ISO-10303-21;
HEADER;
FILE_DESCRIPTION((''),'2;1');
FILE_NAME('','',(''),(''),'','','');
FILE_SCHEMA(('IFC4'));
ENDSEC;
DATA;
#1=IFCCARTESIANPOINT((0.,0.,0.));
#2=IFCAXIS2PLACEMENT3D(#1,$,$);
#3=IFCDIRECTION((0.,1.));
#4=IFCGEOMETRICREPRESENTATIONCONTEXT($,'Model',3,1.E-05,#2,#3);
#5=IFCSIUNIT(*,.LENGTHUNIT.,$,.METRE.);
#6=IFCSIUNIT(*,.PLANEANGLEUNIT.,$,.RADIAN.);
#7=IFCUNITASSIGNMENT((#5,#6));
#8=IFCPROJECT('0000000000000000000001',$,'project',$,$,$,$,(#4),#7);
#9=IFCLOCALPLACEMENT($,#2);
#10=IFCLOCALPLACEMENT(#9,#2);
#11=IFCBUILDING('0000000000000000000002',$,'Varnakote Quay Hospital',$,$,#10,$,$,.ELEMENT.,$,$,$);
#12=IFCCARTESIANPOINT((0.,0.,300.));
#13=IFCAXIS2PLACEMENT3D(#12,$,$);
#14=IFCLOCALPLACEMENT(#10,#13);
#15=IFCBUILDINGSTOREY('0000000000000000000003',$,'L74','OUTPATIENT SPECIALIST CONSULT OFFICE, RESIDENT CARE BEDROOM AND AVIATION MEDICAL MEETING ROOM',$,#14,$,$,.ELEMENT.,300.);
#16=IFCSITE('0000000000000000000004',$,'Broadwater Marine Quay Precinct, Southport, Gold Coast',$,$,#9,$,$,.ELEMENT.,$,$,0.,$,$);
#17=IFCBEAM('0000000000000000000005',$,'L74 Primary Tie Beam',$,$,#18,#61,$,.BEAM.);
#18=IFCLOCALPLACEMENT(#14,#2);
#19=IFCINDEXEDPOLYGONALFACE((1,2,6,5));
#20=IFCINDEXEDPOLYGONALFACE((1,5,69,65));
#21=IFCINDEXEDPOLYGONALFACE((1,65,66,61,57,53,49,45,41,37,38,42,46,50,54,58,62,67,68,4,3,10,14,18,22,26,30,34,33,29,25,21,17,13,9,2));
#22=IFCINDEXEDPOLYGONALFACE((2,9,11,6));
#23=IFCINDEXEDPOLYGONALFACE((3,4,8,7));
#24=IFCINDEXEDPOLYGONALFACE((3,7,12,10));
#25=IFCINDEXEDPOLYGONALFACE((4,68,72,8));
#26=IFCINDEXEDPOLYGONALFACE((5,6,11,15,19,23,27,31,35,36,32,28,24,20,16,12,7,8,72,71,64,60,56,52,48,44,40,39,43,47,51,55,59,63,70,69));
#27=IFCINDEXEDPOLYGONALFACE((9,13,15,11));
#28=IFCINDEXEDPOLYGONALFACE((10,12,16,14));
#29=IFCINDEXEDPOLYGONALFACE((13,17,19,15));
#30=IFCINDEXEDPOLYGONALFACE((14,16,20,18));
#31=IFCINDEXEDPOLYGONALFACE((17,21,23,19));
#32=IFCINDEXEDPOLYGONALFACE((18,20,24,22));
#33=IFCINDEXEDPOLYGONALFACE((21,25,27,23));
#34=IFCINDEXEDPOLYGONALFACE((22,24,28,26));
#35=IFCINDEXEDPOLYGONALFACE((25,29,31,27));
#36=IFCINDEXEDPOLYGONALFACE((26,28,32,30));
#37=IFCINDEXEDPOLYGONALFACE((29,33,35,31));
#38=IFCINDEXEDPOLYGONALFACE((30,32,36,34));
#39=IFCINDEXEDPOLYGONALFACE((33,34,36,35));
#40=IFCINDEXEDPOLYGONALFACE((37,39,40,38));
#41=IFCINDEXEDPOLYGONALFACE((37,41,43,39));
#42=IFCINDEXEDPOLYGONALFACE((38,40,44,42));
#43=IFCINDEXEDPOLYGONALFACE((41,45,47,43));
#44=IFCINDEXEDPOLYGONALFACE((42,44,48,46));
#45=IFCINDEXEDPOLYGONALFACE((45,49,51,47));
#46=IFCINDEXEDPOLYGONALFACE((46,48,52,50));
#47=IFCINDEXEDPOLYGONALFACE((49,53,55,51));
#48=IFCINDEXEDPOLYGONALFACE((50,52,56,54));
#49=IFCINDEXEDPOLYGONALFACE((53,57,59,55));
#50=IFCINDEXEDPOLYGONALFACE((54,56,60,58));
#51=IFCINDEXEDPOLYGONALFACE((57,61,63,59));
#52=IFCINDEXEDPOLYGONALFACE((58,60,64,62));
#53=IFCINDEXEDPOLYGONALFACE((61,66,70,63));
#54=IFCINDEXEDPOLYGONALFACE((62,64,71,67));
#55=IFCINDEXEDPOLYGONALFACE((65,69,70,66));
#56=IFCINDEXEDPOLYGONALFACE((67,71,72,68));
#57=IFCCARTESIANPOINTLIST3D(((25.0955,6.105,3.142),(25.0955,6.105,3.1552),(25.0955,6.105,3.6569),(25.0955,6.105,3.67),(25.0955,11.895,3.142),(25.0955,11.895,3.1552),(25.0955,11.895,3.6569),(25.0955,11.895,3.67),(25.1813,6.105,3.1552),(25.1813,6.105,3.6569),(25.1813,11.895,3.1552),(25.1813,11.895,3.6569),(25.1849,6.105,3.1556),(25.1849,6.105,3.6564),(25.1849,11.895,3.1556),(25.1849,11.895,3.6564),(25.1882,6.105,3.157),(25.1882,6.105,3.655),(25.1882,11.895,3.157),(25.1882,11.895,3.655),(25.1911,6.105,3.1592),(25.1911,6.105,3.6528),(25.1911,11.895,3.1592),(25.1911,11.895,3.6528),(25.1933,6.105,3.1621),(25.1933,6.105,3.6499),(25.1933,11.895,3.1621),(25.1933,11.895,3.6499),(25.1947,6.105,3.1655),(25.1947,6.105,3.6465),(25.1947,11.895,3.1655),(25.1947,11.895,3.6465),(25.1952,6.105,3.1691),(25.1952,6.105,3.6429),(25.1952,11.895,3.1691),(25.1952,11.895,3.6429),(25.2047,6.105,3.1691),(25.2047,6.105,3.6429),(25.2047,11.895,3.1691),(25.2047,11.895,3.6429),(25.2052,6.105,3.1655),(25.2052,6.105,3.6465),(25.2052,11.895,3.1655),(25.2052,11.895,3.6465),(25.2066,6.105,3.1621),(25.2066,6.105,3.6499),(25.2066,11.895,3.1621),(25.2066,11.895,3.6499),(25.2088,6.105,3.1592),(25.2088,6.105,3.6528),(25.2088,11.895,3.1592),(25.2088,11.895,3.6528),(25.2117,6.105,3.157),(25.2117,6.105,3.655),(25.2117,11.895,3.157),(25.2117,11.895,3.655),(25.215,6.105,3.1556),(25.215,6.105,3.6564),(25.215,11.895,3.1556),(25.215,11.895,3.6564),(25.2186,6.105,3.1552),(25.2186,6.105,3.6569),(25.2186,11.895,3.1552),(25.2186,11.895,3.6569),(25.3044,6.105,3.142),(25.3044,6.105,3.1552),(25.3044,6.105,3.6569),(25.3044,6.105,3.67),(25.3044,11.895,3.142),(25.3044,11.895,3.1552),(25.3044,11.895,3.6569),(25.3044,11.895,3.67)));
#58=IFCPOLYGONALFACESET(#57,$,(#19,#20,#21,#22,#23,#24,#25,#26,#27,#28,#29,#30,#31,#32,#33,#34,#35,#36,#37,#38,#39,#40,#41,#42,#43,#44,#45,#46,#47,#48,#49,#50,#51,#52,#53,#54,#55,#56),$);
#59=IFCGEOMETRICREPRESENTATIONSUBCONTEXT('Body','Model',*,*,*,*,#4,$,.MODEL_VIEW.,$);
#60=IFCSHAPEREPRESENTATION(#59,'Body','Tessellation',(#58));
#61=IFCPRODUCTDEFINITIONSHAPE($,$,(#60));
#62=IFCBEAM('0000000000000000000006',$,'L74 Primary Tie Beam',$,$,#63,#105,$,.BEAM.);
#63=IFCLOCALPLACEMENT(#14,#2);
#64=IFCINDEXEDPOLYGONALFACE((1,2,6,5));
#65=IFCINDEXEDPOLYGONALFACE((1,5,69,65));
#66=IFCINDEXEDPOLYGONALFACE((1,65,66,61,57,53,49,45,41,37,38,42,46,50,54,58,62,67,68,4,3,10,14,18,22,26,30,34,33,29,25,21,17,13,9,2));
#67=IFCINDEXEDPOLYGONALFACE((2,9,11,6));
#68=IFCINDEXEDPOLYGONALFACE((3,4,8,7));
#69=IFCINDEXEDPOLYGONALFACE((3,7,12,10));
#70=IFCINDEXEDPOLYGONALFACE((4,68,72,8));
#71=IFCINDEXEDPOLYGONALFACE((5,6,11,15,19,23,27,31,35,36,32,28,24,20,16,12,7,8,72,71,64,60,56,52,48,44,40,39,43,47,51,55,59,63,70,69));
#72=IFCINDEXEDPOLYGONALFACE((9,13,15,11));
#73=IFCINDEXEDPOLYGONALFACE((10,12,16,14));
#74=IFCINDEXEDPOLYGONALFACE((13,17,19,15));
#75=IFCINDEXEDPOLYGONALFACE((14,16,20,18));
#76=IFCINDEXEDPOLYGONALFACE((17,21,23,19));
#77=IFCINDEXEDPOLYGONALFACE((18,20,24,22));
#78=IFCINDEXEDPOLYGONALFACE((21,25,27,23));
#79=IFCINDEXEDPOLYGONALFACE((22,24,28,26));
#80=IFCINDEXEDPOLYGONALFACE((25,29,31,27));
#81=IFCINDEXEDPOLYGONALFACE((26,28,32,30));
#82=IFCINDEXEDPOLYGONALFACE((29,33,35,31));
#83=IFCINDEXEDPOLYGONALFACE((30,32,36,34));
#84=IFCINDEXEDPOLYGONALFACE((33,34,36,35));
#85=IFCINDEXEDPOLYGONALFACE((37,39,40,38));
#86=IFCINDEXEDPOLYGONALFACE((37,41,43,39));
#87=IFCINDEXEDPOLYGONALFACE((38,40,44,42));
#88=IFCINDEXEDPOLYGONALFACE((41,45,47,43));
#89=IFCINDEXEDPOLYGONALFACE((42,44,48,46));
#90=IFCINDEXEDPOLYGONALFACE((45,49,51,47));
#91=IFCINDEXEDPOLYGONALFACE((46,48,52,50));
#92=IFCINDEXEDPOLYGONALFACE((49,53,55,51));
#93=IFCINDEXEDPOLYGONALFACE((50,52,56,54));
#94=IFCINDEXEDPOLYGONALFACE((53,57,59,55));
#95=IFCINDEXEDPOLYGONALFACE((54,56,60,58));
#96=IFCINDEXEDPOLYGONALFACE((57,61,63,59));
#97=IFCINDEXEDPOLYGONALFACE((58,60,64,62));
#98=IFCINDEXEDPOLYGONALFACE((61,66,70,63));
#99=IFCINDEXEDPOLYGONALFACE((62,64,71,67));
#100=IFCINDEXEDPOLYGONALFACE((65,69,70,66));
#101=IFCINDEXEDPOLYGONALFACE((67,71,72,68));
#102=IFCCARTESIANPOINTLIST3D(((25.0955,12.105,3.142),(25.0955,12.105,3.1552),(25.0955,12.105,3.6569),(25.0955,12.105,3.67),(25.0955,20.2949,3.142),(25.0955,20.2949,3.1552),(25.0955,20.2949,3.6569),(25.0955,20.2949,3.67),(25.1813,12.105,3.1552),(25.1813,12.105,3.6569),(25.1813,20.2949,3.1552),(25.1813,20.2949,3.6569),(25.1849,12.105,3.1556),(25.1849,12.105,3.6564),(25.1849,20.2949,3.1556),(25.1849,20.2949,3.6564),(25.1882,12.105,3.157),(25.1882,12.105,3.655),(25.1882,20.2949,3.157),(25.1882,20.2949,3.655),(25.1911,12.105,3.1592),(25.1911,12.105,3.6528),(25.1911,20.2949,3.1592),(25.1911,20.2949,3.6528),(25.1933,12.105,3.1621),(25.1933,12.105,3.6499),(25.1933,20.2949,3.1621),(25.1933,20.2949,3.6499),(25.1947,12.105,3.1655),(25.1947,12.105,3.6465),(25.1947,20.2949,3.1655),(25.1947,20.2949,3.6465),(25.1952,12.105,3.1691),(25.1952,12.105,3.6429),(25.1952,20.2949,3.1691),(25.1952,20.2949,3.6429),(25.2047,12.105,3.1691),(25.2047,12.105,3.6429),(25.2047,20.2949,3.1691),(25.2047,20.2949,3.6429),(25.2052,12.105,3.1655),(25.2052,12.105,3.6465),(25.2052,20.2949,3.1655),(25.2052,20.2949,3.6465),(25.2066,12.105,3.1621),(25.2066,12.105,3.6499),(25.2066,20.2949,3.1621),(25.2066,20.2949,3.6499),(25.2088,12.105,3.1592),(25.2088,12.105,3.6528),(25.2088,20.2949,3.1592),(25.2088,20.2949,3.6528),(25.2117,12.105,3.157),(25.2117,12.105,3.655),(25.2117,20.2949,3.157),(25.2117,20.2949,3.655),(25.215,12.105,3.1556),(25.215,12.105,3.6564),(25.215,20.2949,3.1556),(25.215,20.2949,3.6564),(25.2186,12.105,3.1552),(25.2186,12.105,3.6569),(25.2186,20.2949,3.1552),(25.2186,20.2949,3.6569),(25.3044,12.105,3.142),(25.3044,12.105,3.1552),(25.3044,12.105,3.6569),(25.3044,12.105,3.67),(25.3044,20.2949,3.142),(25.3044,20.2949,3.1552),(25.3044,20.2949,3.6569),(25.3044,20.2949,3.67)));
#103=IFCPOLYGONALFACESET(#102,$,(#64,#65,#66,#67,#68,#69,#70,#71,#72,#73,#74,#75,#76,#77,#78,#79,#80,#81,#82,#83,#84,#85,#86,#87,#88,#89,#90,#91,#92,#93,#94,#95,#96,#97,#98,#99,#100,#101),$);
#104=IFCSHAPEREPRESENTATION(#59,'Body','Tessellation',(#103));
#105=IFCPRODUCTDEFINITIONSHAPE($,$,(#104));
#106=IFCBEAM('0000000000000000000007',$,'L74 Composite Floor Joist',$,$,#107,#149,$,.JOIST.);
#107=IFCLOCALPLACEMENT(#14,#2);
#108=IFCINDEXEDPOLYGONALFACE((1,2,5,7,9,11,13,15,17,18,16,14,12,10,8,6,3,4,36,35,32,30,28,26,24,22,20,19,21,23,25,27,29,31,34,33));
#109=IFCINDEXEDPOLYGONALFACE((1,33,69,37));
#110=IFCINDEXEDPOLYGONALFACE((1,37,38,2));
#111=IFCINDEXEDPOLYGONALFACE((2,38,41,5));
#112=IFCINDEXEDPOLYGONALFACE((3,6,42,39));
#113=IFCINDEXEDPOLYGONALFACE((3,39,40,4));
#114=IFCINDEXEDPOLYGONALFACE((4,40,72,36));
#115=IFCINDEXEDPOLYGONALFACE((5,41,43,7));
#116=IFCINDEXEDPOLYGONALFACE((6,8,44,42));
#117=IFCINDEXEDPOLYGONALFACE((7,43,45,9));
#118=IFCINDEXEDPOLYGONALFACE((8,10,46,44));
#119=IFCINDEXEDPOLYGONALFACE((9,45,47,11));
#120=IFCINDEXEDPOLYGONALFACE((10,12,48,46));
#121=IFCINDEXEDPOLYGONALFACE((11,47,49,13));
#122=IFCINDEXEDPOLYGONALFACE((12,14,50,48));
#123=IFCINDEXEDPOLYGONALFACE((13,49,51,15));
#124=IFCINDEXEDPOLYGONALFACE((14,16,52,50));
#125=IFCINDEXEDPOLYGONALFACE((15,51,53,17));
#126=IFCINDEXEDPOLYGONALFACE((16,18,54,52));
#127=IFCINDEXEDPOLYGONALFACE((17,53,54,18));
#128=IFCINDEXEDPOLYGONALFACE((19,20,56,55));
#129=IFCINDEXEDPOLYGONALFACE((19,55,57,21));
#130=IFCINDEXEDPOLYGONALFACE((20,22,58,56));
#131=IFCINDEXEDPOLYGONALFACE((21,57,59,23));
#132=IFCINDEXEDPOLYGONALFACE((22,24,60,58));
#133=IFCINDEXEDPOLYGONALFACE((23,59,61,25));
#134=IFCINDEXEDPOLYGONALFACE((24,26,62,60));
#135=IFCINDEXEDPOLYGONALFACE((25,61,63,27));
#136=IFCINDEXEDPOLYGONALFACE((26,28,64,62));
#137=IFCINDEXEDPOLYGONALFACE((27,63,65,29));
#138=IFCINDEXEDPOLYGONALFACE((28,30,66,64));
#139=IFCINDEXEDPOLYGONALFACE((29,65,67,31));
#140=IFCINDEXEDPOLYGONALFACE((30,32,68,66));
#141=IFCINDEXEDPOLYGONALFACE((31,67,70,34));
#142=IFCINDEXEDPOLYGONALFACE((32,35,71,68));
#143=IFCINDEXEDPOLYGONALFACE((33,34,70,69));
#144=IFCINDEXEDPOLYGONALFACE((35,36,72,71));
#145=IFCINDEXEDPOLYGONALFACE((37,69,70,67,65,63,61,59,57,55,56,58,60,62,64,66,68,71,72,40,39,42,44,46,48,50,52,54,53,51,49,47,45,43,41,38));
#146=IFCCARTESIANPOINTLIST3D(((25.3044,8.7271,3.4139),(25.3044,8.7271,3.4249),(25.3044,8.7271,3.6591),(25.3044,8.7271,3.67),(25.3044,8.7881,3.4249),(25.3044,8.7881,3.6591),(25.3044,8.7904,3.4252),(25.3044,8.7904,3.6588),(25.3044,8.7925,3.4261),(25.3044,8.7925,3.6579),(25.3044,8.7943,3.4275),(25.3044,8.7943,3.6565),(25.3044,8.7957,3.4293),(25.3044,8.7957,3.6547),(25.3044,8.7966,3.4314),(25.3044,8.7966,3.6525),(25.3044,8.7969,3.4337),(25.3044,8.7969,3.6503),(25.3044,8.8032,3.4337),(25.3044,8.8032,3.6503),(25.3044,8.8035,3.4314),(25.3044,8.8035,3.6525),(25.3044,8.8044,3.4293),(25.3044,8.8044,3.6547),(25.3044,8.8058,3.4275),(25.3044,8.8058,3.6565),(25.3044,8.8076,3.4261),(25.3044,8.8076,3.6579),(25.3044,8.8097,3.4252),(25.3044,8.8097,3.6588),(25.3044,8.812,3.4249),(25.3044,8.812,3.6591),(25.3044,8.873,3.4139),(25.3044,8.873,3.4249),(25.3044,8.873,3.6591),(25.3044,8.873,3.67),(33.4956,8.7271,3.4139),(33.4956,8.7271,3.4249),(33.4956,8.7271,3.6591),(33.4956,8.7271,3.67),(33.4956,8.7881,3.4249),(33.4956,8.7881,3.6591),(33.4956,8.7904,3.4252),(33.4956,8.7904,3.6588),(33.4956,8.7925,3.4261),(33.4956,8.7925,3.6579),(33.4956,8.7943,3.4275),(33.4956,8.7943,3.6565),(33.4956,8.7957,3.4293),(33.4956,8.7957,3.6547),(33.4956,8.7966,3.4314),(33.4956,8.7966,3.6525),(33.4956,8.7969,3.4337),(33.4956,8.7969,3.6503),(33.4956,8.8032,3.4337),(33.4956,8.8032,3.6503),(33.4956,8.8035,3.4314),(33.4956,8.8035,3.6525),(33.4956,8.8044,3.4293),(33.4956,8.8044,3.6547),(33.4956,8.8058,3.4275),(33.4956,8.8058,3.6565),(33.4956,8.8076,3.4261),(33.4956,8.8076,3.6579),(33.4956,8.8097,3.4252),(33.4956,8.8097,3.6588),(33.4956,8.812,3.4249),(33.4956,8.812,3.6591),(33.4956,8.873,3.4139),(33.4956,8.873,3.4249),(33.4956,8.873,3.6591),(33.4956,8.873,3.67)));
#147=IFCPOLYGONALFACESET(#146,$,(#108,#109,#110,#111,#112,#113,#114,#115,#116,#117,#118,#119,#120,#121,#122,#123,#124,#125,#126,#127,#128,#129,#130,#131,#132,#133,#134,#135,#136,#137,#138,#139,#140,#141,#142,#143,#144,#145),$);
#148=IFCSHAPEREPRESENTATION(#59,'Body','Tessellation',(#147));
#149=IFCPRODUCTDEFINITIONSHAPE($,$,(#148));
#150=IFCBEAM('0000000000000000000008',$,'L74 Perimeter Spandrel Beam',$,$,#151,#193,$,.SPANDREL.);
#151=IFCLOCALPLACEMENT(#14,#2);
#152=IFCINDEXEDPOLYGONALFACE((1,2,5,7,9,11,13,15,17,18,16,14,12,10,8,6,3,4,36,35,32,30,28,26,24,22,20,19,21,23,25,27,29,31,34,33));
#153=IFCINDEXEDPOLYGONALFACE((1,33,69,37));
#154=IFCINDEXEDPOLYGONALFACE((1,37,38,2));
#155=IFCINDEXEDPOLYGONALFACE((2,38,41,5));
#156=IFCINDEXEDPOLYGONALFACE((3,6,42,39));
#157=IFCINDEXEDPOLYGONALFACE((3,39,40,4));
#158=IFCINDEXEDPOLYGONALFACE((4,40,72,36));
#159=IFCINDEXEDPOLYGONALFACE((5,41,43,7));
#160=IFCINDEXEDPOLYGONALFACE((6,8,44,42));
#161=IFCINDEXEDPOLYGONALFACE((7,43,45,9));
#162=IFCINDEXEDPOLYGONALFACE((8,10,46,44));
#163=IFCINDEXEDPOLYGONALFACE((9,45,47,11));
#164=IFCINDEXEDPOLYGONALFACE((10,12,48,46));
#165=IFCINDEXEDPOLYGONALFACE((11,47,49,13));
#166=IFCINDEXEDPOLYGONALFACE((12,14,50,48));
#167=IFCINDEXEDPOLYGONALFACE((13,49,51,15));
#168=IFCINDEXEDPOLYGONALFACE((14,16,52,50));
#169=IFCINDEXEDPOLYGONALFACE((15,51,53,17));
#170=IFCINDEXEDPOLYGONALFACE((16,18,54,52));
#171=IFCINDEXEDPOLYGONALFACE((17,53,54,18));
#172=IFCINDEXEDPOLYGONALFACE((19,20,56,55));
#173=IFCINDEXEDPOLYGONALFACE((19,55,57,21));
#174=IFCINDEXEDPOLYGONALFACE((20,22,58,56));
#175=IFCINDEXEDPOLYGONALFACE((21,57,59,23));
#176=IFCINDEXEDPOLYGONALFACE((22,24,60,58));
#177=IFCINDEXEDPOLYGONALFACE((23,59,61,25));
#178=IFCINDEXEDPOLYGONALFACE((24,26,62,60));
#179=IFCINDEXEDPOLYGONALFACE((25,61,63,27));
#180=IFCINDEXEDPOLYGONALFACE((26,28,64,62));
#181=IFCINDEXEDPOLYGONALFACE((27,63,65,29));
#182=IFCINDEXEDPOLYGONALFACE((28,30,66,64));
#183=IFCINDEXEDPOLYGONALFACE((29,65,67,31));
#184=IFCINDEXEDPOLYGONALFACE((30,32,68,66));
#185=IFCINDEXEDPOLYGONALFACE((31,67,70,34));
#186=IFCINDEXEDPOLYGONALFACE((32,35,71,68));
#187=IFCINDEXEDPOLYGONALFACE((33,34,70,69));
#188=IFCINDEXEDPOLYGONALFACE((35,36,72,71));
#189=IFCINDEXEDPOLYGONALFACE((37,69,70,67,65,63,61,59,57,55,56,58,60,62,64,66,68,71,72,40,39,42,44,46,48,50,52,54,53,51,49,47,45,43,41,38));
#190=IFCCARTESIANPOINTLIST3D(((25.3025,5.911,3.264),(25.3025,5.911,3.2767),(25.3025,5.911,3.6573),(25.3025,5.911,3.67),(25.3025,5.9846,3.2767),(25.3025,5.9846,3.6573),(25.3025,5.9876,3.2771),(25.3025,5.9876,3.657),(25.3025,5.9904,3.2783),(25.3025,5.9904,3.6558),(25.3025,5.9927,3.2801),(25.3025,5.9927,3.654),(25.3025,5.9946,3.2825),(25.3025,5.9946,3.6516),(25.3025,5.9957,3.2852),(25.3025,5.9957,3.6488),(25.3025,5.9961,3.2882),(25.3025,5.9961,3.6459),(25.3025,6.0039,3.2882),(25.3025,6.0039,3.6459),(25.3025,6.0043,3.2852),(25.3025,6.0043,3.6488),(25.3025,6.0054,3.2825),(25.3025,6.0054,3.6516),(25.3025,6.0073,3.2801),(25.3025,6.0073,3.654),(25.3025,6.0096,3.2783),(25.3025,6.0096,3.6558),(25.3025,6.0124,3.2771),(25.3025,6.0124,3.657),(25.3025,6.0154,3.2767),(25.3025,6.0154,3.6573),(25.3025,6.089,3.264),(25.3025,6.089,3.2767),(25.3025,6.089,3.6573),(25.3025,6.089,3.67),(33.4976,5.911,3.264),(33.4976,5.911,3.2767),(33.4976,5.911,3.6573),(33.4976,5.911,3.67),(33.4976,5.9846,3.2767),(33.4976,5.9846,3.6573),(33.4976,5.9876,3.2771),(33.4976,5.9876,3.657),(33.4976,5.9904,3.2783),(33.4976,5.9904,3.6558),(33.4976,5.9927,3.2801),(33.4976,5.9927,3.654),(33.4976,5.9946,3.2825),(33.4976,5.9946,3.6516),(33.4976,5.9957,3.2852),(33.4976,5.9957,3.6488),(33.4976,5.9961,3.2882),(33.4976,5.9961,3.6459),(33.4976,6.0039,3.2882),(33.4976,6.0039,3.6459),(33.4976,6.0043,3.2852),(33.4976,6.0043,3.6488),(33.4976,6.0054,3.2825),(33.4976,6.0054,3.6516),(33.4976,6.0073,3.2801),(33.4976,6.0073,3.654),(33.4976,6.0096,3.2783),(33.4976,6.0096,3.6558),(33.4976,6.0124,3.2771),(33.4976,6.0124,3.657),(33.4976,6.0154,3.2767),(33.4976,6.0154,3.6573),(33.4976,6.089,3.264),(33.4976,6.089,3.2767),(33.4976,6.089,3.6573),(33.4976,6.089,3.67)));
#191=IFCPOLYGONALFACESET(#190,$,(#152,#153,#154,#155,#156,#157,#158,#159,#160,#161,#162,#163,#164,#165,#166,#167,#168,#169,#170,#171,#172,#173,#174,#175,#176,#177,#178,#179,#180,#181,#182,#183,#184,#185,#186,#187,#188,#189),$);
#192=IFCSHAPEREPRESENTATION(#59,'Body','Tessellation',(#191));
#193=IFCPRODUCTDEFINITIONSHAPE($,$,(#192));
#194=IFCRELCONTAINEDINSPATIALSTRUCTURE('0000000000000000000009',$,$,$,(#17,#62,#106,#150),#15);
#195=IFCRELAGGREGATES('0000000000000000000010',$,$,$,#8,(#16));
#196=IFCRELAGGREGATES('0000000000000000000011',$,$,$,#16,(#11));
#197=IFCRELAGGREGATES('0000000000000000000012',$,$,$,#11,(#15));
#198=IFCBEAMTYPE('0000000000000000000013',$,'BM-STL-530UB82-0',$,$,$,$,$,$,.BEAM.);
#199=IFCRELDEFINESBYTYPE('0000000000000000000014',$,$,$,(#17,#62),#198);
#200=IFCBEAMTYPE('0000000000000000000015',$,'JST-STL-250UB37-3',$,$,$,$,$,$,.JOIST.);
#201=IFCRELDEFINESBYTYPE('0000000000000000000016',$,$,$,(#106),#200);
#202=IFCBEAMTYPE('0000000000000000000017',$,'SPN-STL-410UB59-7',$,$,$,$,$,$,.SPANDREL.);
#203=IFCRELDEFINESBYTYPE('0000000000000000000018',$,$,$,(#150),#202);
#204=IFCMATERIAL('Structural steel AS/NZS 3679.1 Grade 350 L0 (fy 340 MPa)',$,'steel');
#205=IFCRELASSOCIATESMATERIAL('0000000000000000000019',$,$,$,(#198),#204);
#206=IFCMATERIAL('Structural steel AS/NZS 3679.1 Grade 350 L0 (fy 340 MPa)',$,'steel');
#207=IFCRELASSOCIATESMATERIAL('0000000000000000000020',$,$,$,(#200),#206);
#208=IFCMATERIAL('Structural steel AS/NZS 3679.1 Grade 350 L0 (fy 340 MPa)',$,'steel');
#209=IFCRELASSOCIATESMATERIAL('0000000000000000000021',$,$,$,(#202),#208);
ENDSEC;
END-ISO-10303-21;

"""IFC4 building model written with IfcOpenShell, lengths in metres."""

from ifc_helpers import new_model, si_unit, direction, frame, origin, origin_2d, place, context, subcontext, project, spatial, i_section, extrude, material, material_profile, profile_set, type_object, element, save


model = new_model("IFC4")

# Units and contexts
model_context = context("Model", 3, precision=1e-05, world=origin(), true_north=direction((0.0, 1.0)))
body_context = subcontext(model_context, "Body", "Model", "MODEL_VIEW")
ifc_project = project(units=[si_unit("LENGTHUNIT", "METRE"), si_unit("PLANEANGLEUNIT", "RADIAN")], contexts=[model_context])

# Site, building, storey
site_placement = place(None, origin())
site = spatial("IfcSite", under=ifc_project, at=site_placement, Name="Broadwater Marine Quay Precinct, Southport, Gold Coast", CompositionType="ELEMENT", RefElevation=0.0)
building_placement = place(site_placement, origin())
building = spatial("IfcBuilding", under=site, at=building_placement, Name="Varnakote Quay Hospital", CompositionType="ELEMENT")
storey_placement = place(building_placement, frame((0.0, 0.0, 300.0)))
storey = spatial("IfcBuildingStorey", under=building, at=storey_placement, Name="L74", Description="OUTPATIENT SPECIALIST CONSULT OFFICE, RESIDENT CARE BEDROOM AND AVIATION MEDICAL MEETING ROOM", CompositionType="ELEMENT", Elevation=300.0)

# Beams
ifc_material_1 = material(Name="Structural steel AS/NZS 3679.1 Grade 350 L0 (fy 340 MPa)", Category="steel")
ifc_material_profile_1 = material_profile(ifc_material_1, i_section(OverallWidth=0.209, OverallDepth=0.5281, WebThickness=0.0095, FlangeThickness=0.0132, FilletRadius=0.0139, at=origin_2d()), Name="530UB82.0")
ifc_profile_set_1 = profile_set([ifc_material_profile_1], Name="Structural steel AS/NZS 3679.1 Grade 350 L0 (fy 340 MPa)")
beam_type_1 = type_object("IfcBeamType", Name="BM-STL-530UB82-0", PredefinedType="BEAM", material=ifc_profile_set_1)
beam_1_placement = place(storey_placement, frame((25.2, 6.105, 3.406), z_axis=(0.0, 1.0, 0.0), x_axis=(-1.0, 0.0, 0.0)))
element("IfcBeam", 1, at=beam_1_placement, inside=storey, type_object=beam_type_1, Name="L74 Primary Tie Beam", PredefinedType="BEAM", context=body_context, shape_type="SweptSolid", body=[
    extrude(i_section(OverallWidth=0.209, OverallDepth=0.5281, WebThickness=0.0095, FlangeThickness=0.0132, FilletRadius=0.0139, at=origin_2d()), origin(), (0.0, 0.0, 1.0), 5.79),
])
beam_2_placement = place(storey_placement, frame((25.2, 12.105, 3.406), z_axis=(0.0, 1.0, 0.0), x_axis=(-1.0, 0.0, 0.0)))
element("IfcBeam", 2, at=beam_2_placement, inside=storey, type_object=beam_type_1, Name="L74 Primary Tie Beam", PredefinedType="BEAM", context=body_context, shape_type="SweptSolid", body=[
    extrude(i_section(OverallWidth=0.209, OverallDepth=0.5281, WebThickness=0.0095, FlangeThickness=0.0132, FilletRadius=0.0139, at=origin_2d()), origin(), (0.0, 0.0, 1.0), 8.1899),
])
ifc_material_2 = material(Name="Structural steel AS/NZS 3679.1 Grade 350 L0 (fy 340 MPa)", Category="steel")
ifc_material_profile_2 = material_profile(ifc_material_2, i_section(OverallWidth=0.146, OverallDepth=0.2561, WebThickness=0.0063, FlangeThickness=0.011, FilletRadius=0.0088, at=origin_2d()), Name="250UB37.3")
ifc_profile_set_2 = profile_set([ifc_material_profile_2], Name="Structural steel AS/NZS 3679.1 Grade 350 L0 (fy 340 MPa)")
beam_type_2 = type_object("IfcBeamType", Name="JST-STL-250UB37-3", PredefinedType="JOIST", material=ifc_profile_set_2)
beam_3_placement = place(storey_placement, frame((25.3044, 8.8, 3.542), z_axis=(1.0, 0.0, 0.0), x_axis=(0.0, 1.0, 0.0)))
element("IfcBeam", 3, at=beam_3_placement, inside=storey, type_object=beam_type_2, Name="L74 Composite Floor Joist", PredefinedType="JOIST", context=body_context, shape_type="SweptSolid", body=[
    extrude(i_section(OverallWidth=0.146, OverallDepth=0.2561, WebThickness=0.0063, FlangeThickness=0.011, FilletRadius=0.0088, at=origin_2d()), origin(), (0.0, 0.0, 1.0), 8.1912),
])
ifc_material_3 = material(Name="Structural steel AS/NZS 3679.1 Grade 350 L0 (fy 340 MPa)", Category="steel")
ifc_material_profile_3 = material_profile(ifc_material_3, i_section(OverallWidth=0.178, OverallDepth=0.406, WebThickness=0.0078, FlangeThickness=0.0127, FilletRadius=0.0115, at=origin_2d()), Name="410UB59.7")
ifc_profile_set_3 = profile_set([ifc_material_profile_3], Name="Structural steel AS/NZS 3679.1 Grade 350 L0 (fy 340 MPa)")
beam_type_3 = type_object("IfcBeamType", Name="SPN-STL-410UB59-7", PredefinedType="SPANDREL", material=ifc_profile_set_3)
beam_4_placement = place(storey_placement, frame((25.3025, 6.0, 3.467), z_axis=(1.0, 0.0, 0.0), x_axis=(0.0, 1.0, 0.0)))
element("IfcBeam", 4, at=beam_4_placement, inside=storey, type_object=beam_type_3, Name="L74 Perimeter Spandrel Beam", PredefinedType="SPANDREL", context=body_context, shape_type="SweptSolid", body=[
    extrude(i_section(OverallWidth=0.178, OverallDepth=0.406, WebThickness=0.0078, FlangeThickness=0.0127, FilletRadius=0.0115, at=origin_2d()), origin(), (0.0, 0.0, 1.0), 8.1951),
])

save(model, "model.ifc")
